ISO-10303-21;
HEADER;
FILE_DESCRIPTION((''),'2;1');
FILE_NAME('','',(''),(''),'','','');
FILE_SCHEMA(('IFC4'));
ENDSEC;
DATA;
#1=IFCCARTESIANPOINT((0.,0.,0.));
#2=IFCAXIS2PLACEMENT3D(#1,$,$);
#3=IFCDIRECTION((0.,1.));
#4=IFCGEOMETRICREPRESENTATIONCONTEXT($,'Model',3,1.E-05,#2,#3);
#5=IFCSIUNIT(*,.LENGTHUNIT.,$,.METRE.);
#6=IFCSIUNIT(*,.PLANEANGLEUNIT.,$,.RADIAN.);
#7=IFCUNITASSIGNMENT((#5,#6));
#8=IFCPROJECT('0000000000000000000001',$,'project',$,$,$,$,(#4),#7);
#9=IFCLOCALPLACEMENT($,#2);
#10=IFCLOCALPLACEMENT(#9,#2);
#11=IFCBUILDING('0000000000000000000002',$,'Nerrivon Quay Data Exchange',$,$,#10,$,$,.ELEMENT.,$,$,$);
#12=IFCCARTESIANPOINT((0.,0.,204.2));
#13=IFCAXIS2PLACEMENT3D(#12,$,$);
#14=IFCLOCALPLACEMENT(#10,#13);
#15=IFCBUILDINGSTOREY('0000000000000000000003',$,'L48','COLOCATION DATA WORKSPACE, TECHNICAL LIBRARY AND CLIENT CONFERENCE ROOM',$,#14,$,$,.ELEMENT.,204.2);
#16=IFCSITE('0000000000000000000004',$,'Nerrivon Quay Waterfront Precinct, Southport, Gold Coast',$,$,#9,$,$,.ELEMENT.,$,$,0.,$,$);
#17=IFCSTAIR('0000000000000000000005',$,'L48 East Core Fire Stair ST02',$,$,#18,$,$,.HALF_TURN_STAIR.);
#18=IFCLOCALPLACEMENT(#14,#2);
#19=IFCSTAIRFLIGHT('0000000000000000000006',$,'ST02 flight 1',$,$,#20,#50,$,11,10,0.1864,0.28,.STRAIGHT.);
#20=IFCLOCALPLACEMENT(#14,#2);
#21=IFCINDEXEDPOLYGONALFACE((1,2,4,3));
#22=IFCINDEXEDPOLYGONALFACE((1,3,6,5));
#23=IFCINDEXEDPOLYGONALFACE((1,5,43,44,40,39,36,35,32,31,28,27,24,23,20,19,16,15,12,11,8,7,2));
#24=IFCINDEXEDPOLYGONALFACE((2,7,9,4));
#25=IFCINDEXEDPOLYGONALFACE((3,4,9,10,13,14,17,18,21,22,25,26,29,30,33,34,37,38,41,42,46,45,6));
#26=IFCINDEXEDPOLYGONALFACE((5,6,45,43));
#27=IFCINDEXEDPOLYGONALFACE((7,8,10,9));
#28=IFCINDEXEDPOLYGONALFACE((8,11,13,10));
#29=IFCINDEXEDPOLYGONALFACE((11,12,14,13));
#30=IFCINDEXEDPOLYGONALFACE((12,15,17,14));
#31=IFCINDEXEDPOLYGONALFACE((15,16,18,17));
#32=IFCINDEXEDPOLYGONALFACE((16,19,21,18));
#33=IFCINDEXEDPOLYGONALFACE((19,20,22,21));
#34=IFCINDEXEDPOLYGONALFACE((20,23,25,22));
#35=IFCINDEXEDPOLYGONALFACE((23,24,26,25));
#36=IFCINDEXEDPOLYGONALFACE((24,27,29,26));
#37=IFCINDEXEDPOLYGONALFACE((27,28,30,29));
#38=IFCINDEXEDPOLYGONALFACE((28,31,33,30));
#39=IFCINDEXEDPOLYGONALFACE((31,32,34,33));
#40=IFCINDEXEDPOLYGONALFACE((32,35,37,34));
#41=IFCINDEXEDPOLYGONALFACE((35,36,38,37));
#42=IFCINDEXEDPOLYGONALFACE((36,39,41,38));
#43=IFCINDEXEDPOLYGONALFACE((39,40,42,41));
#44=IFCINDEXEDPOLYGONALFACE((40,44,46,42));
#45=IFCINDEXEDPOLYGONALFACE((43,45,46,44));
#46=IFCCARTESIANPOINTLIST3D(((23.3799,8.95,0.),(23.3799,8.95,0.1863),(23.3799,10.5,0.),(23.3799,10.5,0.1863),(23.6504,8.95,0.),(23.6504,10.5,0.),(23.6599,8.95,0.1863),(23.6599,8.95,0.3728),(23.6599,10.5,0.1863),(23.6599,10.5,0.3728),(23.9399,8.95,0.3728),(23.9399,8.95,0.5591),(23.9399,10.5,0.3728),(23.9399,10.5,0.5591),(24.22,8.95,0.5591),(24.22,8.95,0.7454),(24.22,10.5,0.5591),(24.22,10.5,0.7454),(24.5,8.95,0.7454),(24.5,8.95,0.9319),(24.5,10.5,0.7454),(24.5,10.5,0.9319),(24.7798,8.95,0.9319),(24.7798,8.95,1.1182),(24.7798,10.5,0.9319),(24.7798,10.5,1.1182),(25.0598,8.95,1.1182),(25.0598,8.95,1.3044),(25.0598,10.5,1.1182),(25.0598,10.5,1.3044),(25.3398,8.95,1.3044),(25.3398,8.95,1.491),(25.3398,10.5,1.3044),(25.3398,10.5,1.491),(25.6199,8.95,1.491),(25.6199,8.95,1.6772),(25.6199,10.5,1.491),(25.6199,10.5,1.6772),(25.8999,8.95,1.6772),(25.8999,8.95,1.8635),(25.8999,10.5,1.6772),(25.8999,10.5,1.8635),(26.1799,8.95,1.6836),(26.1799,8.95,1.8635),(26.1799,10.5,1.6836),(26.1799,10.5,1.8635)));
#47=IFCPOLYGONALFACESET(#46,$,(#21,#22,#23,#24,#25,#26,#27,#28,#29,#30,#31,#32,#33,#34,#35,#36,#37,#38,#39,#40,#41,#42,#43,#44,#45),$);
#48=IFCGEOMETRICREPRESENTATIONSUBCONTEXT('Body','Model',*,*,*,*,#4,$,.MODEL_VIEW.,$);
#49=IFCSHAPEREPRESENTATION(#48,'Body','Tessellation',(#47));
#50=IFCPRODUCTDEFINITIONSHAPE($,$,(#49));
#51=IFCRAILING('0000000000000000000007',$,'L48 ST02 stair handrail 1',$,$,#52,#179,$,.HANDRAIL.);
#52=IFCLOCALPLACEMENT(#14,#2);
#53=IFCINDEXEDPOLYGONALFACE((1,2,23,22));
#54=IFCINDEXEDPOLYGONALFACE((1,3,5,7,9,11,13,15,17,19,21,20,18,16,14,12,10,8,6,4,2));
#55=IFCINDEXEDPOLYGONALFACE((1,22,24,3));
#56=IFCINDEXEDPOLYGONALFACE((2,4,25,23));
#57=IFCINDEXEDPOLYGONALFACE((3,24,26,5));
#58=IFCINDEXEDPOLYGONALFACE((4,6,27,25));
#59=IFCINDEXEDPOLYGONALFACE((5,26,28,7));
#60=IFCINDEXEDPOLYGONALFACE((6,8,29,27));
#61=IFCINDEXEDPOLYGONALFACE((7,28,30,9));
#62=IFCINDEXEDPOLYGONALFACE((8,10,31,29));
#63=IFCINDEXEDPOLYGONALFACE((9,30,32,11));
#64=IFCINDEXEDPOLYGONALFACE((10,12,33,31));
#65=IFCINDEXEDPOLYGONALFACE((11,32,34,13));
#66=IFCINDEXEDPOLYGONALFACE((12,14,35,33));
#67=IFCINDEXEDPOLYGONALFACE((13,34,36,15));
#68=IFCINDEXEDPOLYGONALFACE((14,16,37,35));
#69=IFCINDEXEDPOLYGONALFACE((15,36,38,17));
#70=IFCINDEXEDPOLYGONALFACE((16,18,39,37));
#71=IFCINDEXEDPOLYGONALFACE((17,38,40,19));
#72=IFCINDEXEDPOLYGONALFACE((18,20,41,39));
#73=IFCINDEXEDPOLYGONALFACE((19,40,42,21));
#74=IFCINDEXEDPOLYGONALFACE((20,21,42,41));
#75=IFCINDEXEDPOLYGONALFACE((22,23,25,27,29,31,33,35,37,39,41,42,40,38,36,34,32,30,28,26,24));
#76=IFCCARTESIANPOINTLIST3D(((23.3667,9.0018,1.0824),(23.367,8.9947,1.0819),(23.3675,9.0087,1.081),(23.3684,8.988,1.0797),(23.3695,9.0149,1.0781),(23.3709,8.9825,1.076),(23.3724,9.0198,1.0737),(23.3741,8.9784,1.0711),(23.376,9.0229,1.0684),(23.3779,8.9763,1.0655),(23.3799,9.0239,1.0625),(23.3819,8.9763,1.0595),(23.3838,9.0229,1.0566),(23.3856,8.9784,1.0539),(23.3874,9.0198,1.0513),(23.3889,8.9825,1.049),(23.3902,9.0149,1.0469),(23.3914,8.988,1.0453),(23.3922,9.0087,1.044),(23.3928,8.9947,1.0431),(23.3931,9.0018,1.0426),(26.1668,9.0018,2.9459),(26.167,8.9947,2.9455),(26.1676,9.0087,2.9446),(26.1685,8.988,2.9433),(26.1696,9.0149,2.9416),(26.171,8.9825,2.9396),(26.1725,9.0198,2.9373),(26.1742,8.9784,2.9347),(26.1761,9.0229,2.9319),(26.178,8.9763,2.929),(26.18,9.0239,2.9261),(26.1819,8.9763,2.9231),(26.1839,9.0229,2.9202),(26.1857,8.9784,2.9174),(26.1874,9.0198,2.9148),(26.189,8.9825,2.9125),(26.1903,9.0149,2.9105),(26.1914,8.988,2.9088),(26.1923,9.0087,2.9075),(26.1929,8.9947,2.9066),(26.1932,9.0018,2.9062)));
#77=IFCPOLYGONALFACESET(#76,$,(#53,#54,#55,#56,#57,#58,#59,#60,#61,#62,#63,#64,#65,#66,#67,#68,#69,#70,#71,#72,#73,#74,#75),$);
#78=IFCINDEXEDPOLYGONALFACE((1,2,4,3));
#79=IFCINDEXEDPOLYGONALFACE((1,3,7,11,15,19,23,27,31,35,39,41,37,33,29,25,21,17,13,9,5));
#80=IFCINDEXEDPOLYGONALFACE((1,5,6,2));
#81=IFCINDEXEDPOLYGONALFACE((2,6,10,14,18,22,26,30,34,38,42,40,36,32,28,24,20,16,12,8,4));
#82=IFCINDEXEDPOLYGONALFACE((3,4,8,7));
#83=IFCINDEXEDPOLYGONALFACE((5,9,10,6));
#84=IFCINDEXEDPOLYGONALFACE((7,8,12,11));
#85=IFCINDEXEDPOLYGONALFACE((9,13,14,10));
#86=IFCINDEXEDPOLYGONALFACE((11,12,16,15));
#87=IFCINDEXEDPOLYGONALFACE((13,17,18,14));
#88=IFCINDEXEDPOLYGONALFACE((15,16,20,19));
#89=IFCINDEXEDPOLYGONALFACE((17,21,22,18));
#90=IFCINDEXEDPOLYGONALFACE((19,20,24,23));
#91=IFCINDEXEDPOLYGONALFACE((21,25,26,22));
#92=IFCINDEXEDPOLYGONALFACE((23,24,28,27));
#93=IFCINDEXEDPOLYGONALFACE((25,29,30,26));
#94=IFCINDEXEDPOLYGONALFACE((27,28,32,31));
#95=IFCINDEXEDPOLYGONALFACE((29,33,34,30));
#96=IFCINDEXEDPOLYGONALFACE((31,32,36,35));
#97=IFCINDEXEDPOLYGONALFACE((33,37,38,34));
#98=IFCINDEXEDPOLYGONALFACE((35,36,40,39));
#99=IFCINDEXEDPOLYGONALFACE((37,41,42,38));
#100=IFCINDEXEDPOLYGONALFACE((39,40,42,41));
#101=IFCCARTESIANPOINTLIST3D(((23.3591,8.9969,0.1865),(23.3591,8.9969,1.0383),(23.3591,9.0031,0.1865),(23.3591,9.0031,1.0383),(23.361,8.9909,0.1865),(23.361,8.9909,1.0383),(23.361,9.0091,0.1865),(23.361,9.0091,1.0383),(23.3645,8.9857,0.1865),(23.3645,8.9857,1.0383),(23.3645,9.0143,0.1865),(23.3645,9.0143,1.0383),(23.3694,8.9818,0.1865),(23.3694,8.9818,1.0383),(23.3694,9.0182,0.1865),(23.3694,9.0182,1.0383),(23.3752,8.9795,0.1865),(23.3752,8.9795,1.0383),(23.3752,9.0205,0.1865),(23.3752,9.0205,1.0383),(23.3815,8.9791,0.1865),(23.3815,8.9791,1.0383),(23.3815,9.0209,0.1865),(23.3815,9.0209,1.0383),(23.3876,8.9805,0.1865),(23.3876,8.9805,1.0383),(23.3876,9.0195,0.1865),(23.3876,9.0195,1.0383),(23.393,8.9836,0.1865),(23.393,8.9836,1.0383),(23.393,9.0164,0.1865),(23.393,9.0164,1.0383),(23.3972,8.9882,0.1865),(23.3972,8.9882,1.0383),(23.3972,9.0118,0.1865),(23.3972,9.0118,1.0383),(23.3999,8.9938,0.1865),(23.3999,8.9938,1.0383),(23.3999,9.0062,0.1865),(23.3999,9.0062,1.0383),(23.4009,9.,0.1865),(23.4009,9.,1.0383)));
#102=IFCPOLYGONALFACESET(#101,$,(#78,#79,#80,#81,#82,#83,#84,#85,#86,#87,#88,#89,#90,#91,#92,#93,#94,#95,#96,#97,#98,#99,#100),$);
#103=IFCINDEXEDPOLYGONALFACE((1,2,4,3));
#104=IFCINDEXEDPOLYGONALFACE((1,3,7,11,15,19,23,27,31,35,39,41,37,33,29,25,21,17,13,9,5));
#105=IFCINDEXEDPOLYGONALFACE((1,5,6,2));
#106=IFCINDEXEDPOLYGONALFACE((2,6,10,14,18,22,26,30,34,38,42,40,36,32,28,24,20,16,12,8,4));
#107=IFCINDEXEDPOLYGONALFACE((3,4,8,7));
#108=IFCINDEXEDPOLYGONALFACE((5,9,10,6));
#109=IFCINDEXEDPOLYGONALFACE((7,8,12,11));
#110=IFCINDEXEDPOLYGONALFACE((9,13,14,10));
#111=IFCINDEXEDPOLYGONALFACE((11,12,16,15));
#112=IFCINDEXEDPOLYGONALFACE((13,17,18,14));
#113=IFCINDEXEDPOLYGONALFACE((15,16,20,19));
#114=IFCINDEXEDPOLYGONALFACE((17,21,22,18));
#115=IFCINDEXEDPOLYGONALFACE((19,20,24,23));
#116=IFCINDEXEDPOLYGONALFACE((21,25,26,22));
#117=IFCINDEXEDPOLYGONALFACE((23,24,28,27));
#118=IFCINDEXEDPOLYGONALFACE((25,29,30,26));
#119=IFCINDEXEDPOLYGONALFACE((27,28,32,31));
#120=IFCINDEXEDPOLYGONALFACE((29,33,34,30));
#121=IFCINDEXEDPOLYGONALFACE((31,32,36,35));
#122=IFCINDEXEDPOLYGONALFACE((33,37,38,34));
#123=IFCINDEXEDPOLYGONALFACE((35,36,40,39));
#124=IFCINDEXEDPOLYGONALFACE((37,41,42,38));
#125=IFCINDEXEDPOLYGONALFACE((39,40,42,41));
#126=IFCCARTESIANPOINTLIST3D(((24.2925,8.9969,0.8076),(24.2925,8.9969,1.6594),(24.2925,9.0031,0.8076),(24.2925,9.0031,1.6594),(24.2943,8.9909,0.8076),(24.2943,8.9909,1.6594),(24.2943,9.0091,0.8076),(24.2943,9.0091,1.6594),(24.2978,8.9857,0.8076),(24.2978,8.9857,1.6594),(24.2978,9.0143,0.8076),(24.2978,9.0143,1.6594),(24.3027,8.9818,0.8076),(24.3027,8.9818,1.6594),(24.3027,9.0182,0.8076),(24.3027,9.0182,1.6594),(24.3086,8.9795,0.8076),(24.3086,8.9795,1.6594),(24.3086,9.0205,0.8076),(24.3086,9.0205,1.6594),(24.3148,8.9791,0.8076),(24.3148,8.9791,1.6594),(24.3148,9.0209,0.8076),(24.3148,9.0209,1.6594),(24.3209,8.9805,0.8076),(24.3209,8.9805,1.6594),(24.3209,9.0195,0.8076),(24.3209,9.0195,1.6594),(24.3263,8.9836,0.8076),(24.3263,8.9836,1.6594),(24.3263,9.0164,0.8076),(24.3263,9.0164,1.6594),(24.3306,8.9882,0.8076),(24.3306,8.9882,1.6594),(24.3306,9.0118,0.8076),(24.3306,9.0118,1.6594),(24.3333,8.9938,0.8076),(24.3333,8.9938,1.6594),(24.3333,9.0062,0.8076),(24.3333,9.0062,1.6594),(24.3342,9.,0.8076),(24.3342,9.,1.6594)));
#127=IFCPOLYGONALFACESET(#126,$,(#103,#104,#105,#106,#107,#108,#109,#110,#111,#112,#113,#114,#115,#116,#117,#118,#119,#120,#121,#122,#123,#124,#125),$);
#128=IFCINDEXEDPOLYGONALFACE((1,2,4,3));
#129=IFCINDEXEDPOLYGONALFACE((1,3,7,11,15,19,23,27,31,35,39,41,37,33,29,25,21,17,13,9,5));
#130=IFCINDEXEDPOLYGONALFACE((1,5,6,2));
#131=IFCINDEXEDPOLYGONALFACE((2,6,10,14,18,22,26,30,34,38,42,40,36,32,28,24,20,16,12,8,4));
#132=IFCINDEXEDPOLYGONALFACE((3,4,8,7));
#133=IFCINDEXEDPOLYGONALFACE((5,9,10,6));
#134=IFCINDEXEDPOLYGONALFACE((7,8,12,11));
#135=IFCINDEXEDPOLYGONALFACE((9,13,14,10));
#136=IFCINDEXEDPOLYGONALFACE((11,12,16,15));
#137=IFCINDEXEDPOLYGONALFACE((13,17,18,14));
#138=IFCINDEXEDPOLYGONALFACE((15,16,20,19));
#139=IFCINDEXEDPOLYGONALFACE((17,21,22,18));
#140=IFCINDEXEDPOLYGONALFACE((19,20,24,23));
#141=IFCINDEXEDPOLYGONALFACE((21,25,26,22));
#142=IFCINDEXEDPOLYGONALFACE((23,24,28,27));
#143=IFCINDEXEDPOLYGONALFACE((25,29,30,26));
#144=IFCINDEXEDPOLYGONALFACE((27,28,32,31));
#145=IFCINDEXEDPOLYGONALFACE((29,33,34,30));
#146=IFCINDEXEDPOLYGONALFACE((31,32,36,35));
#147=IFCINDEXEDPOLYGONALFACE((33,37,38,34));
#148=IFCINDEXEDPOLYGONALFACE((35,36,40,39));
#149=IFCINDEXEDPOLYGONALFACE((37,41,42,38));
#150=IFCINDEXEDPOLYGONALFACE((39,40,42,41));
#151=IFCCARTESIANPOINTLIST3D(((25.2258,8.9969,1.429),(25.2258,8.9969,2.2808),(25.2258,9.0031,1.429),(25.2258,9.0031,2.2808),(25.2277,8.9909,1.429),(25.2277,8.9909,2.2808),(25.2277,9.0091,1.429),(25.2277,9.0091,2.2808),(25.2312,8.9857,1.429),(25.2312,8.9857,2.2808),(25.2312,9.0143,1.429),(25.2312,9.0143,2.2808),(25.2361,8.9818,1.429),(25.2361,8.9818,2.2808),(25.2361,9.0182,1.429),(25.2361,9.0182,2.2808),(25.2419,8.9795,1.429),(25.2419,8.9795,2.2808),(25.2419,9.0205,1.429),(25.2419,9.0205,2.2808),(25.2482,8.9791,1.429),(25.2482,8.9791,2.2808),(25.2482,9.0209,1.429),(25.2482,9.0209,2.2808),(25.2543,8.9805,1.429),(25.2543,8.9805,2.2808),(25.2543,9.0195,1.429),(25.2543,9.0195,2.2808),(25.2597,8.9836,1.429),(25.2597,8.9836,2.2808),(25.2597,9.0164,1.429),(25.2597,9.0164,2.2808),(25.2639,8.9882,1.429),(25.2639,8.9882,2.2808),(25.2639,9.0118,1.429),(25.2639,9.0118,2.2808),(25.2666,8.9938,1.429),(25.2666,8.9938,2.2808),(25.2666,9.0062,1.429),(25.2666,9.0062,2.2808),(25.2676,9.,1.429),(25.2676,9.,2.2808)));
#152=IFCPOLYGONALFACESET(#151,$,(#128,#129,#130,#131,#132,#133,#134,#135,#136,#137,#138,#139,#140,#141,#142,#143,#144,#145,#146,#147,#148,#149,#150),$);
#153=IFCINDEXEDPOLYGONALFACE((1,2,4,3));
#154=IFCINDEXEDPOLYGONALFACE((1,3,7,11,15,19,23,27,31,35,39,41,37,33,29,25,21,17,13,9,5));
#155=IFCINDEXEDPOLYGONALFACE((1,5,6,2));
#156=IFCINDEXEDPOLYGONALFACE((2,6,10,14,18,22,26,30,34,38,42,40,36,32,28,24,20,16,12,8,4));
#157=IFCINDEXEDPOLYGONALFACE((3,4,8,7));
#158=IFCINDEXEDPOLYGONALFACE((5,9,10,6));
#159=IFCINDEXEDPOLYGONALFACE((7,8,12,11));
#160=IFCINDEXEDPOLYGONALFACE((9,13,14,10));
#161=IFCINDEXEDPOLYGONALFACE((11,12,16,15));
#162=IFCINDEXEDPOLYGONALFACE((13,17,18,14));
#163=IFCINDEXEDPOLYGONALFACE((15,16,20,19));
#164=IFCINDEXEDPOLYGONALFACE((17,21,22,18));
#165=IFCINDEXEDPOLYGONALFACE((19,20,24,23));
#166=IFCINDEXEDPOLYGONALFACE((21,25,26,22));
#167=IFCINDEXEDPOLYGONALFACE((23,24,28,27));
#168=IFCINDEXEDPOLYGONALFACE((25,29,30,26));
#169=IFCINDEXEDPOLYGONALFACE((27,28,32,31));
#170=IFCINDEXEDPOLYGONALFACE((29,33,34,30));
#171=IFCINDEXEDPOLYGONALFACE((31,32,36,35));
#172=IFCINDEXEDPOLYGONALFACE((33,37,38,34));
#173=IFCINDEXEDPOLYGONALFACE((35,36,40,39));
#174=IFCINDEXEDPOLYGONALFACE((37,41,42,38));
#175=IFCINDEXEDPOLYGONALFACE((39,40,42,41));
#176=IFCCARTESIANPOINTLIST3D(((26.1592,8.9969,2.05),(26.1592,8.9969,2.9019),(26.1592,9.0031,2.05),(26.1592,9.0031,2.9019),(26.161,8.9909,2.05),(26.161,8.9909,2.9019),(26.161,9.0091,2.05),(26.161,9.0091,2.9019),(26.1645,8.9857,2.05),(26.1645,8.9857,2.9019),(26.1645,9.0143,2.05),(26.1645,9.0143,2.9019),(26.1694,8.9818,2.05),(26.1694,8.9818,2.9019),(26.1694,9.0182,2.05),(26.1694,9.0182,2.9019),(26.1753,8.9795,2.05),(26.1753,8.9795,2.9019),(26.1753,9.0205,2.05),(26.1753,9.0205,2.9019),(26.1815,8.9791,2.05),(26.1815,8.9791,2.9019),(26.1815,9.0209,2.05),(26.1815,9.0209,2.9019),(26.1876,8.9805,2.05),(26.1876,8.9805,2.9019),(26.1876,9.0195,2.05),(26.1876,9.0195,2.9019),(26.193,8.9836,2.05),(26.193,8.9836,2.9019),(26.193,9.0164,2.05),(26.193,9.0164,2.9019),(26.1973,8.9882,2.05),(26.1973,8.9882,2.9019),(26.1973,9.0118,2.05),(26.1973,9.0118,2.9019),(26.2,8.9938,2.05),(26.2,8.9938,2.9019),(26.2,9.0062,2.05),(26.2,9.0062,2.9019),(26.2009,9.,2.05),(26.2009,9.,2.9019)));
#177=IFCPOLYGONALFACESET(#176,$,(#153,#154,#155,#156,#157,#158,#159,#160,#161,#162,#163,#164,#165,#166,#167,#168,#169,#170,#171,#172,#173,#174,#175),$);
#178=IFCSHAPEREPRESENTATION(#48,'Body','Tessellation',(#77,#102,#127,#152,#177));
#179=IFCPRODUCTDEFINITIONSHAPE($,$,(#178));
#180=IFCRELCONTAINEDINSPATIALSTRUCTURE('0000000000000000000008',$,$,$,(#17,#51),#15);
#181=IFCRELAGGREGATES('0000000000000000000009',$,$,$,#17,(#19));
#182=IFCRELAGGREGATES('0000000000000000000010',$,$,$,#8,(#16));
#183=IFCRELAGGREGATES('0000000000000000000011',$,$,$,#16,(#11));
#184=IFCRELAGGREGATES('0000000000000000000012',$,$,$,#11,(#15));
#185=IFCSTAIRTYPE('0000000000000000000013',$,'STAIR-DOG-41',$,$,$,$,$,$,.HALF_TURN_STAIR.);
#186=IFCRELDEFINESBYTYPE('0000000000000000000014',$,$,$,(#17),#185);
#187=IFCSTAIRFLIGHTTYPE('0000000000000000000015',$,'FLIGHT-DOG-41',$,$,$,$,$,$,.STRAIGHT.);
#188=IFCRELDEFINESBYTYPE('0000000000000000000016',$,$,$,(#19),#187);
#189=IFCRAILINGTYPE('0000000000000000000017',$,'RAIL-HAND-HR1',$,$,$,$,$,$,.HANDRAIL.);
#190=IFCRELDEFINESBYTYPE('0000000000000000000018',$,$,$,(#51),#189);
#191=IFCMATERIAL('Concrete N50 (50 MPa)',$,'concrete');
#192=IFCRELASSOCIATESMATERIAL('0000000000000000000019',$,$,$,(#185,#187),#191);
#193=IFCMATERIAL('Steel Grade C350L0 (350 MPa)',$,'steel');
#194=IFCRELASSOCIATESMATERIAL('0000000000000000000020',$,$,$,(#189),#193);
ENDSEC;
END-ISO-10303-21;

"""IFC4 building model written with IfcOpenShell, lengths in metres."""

from ifc_helpers import new_model, si_unit, direction, frame, origin, origin_2d, place, context, subcontext, project, spatial, polyline, circle, outline, extrude, material, type_object, element, aggregate, save


model = new_model("IFC4")

# Units and contexts
model_context = context("Model", 3, precision=1e-05, world=origin(), true_north=direction((0.0, 1.0)))
body_context = subcontext(model_context, "Body", "Model", "MODEL_VIEW")
ifc_project = project(units=[si_unit("LENGTHUNIT", "METRE"), si_unit("PLANEANGLEUNIT", "RADIAN")], contexts=[model_context])

# Site, building, storey
site_placement = place(None, origin())
site = spatial("IfcSite", under=ifc_project, at=site_placement, Name="Nerrivon Quay Waterfront Precinct, Southport, Gold Coast", CompositionType="ELEMENT", RefElevation=0.0)
building_placement = place(site_placement, origin())
building = spatial("IfcBuilding", under=site, at=building_placement, Name="Nerrivon Quay Data Exchange", CompositionType="ELEMENT")
storey_placement = place(building_placement, frame((0.0, 0.0, 204.2)))
storey = spatial("IfcBuildingStorey", under=building, at=storey_placement, Name="L48", Description="COLOCATION DATA WORKSPACE, TECHNICAL LIBRARY AND CLIENT CONFERENCE ROOM", CompositionType="ELEMENT", Elevation=204.2)

# Shared definitions
ifc_material_1 = material(Name="Concrete N50 (50 MPa)", Category="concrete")

# Stair, stair flight
stair_type = type_object("IfcStairType", Name="STAIR-DOG-41", PredefinedType="HALF_TURN_STAIR", material=ifc_material_1)
stair_placement = place(storey_placement, origin())
stair = element("IfcStair", 1, at=stair_placement, inside=storey, type_object=stair_type, Name="L48 East Core Fire Stair ST02", PredefinedType="HALF_TURN_STAIR")
stair_flight_type = type_object("IfcStairFlightType", Name="FLIGHT-DOG-41", PredefinedType="STRAIGHT", material=ifc_material_1)
stair_flight_placement = place(storey_placement, frame((23.3799, 9.7251, 0.0), z_axis=(0.0, 0.0, 1.0), x_axis=(1.0, 0.0, 0.0)))
stair_flight = element("IfcStairFlight", 2, at=stair_flight_placement, type_object=stair_flight_type, Name="ST02 flight 1", NumberOfRisers=11, NumberOfTreads=10, PredefinedType="STRAIGHT", RiserHeight=0.1864, TreadLength=0.28, context=body_context, shape_type="SweptSolid", body=[
    extrude(outline(polyline([(0.0, 0.0), (0.0, 0.1863), (0.28, 0.1863), (0.28, 0.3728), (0.5601, 0.3728), (0.5601, 0.5591), (0.8401, 0.5591), (0.8401, 0.7454), (1.1201, 0.7454), (1.1201, 0.9319), (1.3999, 0.9319), (1.3999, 1.1182), (1.6799, 1.1182), (1.6799, 1.3044), (1.96, 1.3044), (1.96, 1.491), (2.24, 1.491), (2.24, 1.6772), (2.52, 1.6772), (2.52, 1.8635), (2.8, 1.8635), (2.8, 2.05), (2.8, 1.6836), (0.2705, 0.0), (0.0, 0.0)])), frame((0.0, 0.7749, 0.0), z_axis=(0.0, -1.0, 0.0), x_axis=(1.0, 0.0, 0.0)), (0.0, 0.0, 1.0), 1.55),
])
aggregate(stair, [stair_flight])

# Railing
ifc_material_2 = material(Name="Steel Grade C350L0 (350 MPa)", Category="steel")
railing_type_1 = type_object("IfcRailingType", Name="RAIL-HAND-HR1", PredefinedType="HANDRAIL", material=ifc_material_2)
railing_1_placement = place(storey_placement, frame((23.3799, 9.0, 0.1865)))
element("IfcRailing", 3, at=railing_1_placement, inside=storey, type_object=railing_type_1, Name="L48 ST02 stair handrail 1", PredefinedType="HANDRAIL", context=body_context, shape_type="SweptSolid", body=[
    extrude(circle(Radius=0.0239, at=origin_2d()), frame((0.0, 0.0, 0.876), z_axis=(0.832486, 0.0, 0.554047), x_axis=(0.0, 1.0, 0.0)), (0.0, 0.0, 1.0), 3.3635),
    extrude(circle(Radius=0.021, at=origin_2d()), origin(), (0.0, 0.0, 1.0), 0.8518),
    extrude(circle(Radius=0.021, at=origin_2d()), frame((0.9333, 0.0, 0.6211)), (0.0, 0.0, 1.0), 0.8518),
    extrude(circle(Radius=0.021, at=origin_2d()), frame((1.8667, 0.0, 1.2424)), (0.0, 0.0, 1.0), 0.8518),
    extrude(circle(Radius=0.021, at=origin_2d()), frame((2.8, 0.0, 1.8635)), (0.0, 0.0, 1.0), 0.8518),
])

save(model, "model.ifc")
